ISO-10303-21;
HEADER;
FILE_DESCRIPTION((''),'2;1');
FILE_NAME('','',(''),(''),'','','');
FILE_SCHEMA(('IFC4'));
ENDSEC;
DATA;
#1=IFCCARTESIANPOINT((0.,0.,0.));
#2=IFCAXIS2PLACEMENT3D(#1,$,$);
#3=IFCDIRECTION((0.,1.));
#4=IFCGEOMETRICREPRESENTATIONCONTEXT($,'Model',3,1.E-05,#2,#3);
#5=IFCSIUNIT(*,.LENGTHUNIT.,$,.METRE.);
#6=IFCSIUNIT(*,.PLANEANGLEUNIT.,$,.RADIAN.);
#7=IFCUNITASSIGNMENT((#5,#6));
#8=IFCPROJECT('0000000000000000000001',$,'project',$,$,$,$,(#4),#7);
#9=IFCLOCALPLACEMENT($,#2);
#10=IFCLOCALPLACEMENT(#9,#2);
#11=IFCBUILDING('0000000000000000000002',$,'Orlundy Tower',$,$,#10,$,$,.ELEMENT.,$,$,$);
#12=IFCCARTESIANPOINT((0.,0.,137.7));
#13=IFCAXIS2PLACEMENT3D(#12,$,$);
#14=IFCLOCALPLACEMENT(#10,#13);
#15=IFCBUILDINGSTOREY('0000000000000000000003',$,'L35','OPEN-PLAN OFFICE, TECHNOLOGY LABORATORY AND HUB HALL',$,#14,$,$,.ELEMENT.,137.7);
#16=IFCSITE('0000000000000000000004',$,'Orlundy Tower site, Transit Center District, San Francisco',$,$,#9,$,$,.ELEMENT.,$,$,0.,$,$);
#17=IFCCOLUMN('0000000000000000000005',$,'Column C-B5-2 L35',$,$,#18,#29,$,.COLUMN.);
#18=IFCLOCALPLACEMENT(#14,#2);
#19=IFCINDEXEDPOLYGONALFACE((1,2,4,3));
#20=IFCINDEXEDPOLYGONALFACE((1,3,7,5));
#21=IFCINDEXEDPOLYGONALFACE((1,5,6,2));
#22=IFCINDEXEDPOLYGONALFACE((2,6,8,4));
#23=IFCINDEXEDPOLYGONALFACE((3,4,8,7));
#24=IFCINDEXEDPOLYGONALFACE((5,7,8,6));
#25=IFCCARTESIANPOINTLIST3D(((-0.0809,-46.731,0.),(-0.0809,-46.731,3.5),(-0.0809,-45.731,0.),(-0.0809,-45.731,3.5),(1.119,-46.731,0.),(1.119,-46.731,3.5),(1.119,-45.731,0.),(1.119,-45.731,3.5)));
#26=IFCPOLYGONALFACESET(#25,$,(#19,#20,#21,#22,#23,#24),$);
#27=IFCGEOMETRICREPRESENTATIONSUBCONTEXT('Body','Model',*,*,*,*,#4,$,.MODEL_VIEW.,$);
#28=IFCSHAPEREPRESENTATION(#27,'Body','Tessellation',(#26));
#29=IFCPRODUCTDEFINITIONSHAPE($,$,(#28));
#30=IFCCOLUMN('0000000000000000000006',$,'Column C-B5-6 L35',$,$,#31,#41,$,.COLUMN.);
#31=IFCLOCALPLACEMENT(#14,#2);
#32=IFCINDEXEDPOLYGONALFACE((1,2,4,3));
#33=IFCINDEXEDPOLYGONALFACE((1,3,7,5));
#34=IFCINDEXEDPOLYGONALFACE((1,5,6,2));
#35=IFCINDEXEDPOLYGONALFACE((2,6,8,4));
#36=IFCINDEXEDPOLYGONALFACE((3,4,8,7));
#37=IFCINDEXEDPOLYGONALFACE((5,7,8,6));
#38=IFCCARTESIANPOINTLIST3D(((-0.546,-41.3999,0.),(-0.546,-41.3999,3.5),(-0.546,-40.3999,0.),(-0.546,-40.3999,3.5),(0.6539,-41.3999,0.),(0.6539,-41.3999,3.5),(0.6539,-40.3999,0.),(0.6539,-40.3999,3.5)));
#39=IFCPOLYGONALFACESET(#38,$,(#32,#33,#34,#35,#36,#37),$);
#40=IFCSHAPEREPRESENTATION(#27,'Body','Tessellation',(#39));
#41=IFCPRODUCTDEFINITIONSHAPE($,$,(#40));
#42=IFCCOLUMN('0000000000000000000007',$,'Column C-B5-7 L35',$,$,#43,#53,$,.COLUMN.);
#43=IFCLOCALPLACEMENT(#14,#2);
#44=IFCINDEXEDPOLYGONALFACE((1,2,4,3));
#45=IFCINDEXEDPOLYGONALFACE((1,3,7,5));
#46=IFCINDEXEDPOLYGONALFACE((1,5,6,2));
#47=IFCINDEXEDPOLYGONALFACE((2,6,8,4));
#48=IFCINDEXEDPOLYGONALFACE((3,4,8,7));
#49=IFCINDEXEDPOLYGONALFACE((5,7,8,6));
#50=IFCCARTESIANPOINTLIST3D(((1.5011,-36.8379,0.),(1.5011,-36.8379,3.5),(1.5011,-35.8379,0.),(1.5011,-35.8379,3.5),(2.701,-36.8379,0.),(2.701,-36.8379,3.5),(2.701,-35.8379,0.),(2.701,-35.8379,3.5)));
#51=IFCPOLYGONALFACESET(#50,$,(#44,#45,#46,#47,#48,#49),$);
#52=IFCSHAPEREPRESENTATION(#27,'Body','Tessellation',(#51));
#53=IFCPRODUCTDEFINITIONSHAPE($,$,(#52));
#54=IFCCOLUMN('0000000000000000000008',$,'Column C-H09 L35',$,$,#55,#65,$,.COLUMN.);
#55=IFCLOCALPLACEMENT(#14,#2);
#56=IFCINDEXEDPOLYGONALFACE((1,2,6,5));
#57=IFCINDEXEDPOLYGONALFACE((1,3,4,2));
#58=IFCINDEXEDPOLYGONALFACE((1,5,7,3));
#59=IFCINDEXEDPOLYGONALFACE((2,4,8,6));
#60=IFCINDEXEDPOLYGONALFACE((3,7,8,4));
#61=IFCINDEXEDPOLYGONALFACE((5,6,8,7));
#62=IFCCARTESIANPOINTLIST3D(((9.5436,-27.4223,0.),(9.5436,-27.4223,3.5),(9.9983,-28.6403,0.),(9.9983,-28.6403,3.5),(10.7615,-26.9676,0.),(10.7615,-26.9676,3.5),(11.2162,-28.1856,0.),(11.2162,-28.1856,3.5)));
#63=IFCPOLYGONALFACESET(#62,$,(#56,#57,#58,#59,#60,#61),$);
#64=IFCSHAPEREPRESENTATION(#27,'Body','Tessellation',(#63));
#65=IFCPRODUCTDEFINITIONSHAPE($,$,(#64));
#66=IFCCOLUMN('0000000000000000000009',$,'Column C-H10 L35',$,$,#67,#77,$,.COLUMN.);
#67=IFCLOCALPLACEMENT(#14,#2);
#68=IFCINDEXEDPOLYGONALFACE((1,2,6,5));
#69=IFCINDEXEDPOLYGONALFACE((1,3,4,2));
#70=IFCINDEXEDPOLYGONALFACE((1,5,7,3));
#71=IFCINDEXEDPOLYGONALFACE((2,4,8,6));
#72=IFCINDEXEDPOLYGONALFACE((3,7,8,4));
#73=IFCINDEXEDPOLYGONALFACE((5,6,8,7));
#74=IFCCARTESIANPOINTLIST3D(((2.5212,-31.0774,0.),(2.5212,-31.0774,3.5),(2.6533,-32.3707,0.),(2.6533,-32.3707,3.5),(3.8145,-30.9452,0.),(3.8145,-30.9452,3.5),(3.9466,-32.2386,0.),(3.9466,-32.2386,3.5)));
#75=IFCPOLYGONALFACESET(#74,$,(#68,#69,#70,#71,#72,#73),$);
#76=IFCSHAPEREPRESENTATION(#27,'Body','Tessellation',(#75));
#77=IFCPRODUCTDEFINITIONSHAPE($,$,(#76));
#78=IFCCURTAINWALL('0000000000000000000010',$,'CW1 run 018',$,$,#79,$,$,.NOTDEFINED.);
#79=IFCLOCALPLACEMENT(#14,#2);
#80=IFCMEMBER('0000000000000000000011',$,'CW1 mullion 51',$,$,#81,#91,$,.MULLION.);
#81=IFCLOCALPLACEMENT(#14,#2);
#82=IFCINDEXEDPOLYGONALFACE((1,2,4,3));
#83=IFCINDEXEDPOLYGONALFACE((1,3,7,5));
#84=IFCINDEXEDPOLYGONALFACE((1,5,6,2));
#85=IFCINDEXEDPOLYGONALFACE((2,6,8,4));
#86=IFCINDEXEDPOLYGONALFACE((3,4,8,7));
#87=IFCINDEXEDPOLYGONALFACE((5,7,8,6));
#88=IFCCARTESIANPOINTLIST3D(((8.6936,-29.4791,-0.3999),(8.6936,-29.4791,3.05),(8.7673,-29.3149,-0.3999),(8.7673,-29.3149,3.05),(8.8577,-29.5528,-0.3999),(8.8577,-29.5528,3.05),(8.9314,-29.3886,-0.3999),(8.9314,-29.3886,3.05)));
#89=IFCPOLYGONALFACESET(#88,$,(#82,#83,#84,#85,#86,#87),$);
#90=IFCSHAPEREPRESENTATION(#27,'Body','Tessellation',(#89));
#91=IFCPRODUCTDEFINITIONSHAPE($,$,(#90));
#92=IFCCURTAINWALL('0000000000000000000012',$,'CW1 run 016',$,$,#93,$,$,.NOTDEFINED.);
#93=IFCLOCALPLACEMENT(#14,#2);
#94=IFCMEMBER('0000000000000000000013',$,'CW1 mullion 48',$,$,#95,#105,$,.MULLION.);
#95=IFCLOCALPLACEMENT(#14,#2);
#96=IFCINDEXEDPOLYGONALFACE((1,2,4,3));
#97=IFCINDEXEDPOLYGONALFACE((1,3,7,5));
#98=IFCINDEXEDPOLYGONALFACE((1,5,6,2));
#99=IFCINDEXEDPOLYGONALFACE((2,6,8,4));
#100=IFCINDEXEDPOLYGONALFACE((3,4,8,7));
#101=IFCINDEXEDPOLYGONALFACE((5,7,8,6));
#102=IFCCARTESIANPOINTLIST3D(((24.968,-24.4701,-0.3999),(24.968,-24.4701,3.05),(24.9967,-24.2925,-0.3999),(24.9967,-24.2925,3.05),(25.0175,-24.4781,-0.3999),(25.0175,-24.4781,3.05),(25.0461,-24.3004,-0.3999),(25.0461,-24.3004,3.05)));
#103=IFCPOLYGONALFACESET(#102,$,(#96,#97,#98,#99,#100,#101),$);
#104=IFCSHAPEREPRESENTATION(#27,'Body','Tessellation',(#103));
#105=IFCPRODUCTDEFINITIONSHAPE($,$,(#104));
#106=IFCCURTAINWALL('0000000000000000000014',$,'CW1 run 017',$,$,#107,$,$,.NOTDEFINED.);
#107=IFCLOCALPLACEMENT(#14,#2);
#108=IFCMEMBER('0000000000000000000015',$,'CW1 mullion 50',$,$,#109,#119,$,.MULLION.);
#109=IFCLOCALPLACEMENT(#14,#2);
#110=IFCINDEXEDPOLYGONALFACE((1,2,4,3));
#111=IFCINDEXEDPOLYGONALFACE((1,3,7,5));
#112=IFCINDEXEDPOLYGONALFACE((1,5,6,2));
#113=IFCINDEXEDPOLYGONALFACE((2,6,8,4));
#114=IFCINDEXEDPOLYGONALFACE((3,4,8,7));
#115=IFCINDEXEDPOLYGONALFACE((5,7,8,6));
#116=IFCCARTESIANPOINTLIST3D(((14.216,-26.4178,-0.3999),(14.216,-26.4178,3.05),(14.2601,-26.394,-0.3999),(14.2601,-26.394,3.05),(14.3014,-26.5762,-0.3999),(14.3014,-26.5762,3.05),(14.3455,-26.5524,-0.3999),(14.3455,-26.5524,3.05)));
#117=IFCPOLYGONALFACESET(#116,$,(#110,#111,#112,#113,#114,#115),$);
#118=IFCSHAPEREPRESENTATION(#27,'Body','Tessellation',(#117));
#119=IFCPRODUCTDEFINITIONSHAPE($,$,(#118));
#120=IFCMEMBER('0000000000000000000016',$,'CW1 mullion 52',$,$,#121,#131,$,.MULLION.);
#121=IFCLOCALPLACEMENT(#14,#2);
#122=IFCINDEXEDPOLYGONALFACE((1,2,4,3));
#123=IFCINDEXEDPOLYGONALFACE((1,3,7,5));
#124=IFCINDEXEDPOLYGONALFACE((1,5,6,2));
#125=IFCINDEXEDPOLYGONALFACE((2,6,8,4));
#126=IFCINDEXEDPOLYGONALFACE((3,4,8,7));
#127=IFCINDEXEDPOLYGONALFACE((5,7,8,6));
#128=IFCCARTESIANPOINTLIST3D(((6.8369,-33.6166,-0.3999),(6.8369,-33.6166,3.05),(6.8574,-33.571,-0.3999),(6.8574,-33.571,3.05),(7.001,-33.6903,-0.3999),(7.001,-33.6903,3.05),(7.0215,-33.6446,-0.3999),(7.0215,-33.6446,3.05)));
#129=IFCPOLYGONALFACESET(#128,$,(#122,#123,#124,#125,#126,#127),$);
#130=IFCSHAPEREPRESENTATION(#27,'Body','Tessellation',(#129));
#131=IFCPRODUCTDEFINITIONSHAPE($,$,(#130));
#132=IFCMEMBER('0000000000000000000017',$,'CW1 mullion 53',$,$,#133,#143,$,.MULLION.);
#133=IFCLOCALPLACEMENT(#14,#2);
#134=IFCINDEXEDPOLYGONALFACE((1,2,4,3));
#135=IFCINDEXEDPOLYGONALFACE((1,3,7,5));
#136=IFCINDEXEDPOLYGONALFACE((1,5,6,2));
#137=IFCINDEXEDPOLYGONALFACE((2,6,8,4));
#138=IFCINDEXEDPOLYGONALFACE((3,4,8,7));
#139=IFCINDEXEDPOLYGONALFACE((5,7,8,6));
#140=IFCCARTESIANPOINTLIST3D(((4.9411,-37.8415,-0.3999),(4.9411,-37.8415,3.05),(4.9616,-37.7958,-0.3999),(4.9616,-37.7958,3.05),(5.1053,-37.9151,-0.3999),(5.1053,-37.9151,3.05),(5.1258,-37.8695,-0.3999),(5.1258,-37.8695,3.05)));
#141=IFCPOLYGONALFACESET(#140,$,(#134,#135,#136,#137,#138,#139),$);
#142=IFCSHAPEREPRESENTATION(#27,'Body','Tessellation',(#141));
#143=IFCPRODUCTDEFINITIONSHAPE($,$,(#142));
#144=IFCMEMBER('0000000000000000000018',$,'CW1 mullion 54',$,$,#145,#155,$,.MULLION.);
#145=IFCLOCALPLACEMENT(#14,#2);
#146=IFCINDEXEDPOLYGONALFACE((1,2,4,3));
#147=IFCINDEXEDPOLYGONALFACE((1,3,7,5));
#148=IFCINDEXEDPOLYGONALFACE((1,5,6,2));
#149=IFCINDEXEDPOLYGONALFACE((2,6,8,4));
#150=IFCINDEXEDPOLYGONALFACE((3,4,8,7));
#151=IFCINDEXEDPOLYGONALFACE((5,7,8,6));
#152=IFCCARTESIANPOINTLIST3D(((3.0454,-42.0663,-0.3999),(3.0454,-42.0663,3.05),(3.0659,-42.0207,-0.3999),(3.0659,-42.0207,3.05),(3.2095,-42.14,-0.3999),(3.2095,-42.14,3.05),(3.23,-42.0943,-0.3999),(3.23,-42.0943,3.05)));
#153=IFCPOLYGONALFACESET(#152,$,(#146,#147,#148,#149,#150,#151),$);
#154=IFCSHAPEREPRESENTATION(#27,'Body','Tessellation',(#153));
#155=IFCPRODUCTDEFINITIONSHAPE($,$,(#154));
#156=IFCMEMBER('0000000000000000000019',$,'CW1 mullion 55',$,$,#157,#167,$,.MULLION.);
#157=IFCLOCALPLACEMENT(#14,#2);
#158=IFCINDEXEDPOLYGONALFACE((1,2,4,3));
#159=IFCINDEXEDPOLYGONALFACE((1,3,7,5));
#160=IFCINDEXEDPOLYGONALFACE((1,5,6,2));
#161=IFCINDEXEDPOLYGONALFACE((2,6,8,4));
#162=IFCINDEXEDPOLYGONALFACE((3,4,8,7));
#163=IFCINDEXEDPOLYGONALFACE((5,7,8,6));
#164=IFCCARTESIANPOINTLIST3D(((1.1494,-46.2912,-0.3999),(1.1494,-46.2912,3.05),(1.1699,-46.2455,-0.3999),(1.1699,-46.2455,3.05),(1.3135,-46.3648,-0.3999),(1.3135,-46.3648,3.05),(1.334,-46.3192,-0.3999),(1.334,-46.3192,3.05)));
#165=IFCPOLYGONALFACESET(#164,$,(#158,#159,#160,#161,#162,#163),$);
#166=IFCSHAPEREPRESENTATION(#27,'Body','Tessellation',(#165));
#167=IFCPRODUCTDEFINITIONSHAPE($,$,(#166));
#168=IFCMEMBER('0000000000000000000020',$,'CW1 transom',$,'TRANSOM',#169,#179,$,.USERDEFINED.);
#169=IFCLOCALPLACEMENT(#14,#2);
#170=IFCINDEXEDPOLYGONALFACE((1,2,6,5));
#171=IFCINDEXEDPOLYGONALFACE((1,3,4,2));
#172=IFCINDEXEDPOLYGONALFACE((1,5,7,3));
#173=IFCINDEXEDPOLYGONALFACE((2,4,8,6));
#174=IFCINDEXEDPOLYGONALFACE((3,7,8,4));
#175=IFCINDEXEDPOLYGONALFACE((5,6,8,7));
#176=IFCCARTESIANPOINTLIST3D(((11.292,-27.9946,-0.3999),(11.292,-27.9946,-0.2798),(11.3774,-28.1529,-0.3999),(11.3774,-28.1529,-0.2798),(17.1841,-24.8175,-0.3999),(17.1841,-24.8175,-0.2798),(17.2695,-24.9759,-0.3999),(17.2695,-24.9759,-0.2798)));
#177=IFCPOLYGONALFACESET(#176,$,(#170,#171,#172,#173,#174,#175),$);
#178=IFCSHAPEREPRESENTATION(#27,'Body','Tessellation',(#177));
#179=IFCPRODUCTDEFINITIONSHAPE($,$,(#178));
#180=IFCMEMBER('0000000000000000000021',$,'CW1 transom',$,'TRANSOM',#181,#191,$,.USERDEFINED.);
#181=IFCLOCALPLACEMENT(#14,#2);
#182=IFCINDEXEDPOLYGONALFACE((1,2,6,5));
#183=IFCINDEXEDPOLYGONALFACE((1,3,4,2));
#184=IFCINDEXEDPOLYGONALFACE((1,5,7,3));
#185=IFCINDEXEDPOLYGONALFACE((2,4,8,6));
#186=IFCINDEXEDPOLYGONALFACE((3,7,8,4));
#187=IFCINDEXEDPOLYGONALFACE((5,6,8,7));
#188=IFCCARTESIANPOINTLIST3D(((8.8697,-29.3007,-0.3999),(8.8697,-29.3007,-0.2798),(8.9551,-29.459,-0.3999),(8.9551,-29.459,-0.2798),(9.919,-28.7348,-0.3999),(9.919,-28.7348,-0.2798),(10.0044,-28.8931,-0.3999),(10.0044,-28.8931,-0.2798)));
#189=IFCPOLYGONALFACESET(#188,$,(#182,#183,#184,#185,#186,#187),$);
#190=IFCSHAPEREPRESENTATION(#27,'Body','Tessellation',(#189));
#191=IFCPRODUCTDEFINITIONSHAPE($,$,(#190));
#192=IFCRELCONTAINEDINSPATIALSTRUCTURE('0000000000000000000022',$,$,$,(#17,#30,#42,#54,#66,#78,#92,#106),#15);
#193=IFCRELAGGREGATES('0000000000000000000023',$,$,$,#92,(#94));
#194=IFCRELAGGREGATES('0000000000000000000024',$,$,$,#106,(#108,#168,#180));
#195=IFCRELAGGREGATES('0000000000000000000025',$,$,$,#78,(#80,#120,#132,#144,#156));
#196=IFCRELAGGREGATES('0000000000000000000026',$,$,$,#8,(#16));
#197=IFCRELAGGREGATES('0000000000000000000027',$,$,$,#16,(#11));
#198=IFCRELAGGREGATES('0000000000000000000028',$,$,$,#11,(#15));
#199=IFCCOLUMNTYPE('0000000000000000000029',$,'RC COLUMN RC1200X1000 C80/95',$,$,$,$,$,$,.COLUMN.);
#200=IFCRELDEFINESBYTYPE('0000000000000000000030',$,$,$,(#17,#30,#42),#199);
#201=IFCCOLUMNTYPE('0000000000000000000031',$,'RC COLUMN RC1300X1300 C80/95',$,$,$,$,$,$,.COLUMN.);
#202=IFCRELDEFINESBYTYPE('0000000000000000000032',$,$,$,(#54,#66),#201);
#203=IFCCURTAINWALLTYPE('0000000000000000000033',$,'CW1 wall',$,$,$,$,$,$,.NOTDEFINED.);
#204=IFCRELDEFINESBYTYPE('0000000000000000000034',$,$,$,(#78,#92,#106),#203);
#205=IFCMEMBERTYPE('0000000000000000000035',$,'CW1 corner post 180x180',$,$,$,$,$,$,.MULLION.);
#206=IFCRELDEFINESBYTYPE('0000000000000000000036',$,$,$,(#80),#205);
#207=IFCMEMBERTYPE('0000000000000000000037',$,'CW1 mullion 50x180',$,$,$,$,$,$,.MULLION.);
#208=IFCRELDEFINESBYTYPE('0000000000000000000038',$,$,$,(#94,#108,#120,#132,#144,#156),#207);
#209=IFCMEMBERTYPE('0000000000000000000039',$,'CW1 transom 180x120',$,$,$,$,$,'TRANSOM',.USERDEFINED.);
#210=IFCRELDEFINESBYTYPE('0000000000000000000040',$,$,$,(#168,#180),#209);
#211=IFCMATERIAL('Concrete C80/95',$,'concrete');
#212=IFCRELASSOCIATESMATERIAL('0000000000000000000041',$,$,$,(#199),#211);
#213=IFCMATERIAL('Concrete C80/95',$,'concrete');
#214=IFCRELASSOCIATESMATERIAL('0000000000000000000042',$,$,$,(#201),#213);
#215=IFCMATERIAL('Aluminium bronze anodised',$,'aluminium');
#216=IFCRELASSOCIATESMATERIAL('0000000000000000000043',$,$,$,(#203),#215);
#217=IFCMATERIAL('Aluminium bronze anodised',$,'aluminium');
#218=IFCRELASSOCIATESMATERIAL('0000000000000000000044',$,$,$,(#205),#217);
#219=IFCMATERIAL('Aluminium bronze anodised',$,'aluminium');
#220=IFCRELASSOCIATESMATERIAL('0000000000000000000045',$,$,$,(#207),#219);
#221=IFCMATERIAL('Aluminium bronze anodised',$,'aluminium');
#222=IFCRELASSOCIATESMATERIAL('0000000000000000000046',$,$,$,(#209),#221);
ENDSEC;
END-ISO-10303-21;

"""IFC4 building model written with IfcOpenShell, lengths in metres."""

from ifc_helpers import new_model, si_unit, direction, frame, origin, origin_2d, place, context, subcontext, project, spatial, rectangle, extrude, material, material_profile, profile_set, type_object, element, aggregate, save


model = new_model("IFC4")

# Units and contexts
model_context = context("Model", 3, precision=1e-05, world=origin(), true_north=direction((0.0, 1.0)))
body_context = subcontext(model_context, "Body", "Model", "MODEL_VIEW")
ifc_project = project(units=[si_unit("LENGTHUNIT", "METRE"), si_unit("PLANEANGLEUNIT", "RADIAN")], contexts=[model_context])

# Site, building, storey
site_placement = place(None, origin())
site = spatial("IfcSite", under=ifc_project, at=site_placement, Name="Orlundy Tower site, Transit Center District, San Francisco", CompositionType="ELEMENT", RefElevation=0.0)
building_placement = place(site_placement, origin())
building = spatial("IfcBuilding", under=site, at=building_placement, Name="Orlundy Tower", CompositionType="ELEMENT")
storey_placement = place(building_placement, frame((0.0, 0.0, 137.7)))
storey = spatial("IfcBuildingStorey", under=building, at=storey_placement, Name="L35", Description="OPEN-PLAN OFFICE, TECHNOLOGY LABORATORY AND HUB HALL", CompositionType="ELEMENT", Elevation=137.7)

# Columns
ifc_material_1 = material(Name="Concrete C80/95", Category="concrete")
ifc_material_profile_1 = material_profile(ifc_material_1, rectangle(XDim=1.2, YDim=1.0, at=origin_2d()), Name="RC1200X1000")
ifc_profile_set_1 = profile_set([ifc_material_profile_1], Name="Concrete C80/95")
column_type_1 = type_object("IfcColumnType", Name="RC COLUMN RC1200X1000 C80/95", PredefinedType="COLUMN", material=ifc_profile_set_1)
for number, where, z_axis, x_axis, name in (
    (1, (0.519, -46.231, 0.0), (0.0, 0.0, 1.0), (1.0, 0.0, 0.0), "Column C-B5-2 L35"),
    (2, (0.054, -40.8999, 0.0), (0.0, 0.0, 1.0), (1.0, 0.0, 0.0), "Column C-B5-6 L35"),
    (3, (2.1011, -36.3379, 0.0), (0.0, 0.0, 1.0), (1.0, 0.0, 0.0), "Column C-B5-7 L35"),
):
    element("IfcColumn", number, at=place(storey_placement, frame(where, z_axis=z_axis, x_axis=x_axis)), inside=storey, type_object=column_type_1, Name=name, PredefinedType="COLUMN", context=body_context, shape_type="SweptSolid", body=[
        extrude(rectangle(XDim=1.2, YDim=1.0, at=origin_2d()), origin(), (0.0, 0.0, 1.0), 3.5),
    ])
ifc_material_2 = material(Name="Concrete C80/95", Category="concrete")
ifc_material_profile_2 = material_profile(ifc_material_2, rectangle(XDim=1.3, YDim=1.3, at=origin_2d()), Name="RC1300X1300")
ifc_profile_set_2 = profile_set([ifc_material_profile_2], Name="Concrete C80/95")
column_type_2 = type_object("IfcColumnType", Name="RC COLUMN RC1300X1300 C80/95", PredefinedType="COLUMN", material=ifc_profile_set_2)
for number, where, z_axis, x_axis, name in (
    (4, (10.3799, -27.804, 0.0), (0.0, 0.0, 1.0), (0.34975, -0.936843, 0.0), "Column C-H09 L35"),
    (5, (3.2339, -31.658, 0.0), (0.0, 0.0, 1.0), (0.101629, -0.994822, 0.0), "Column C-H10 L35"),
):
    element("IfcColumn", number, at=place(storey_placement, frame(where, z_axis=z_axis, x_axis=x_axis)), inside=storey, type_object=column_type_2, Name=name, PredefinedType="COLUMN", context=body_context, shape_type="SweptSolid", body=[
        extrude(rectangle(XDim=1.3, YDim=1.3, at=origin_2d()), origin(), (0.0, 0.0, 1.0), 3.5),
    ])

# Curtain walls, members
ifc_material_3 = material(Name="Aluminium bronze anodised", Category="aluminium")
curtain_wall_type = type_object("IfcCurtainWallType", Name="CW1 wall", PredefinedType="NOTDEFINED", material=ifc_material_3)
curtain_wall_1_placement = place(storey_placement, origin())
curtain_wall_1 = element("IfcCurtainWall", 6, at=curtain_wall_1_placement, inside=storey, type_object=curtain_wall_type, Name="CW1 run 018", PredefinedType="NOTDEFINED")
ifc_material_4 = material(Name="Aluminium bronze anodised", Category="aluminium")
ifc_material_profile_3 = material_profile(ifc_material_4, rectangle(XDim=0.1799, YDim=0.1799, at=origin_2d()), Name="CW1 corner post 180x180")
ifc_profile_set_3 = profile_set([ifc_material_profile_3], Name="Aluminium bronze anodised")
member_type_1 = type_object("IfcMemberType", Name="CW1 corner post 180x180", PredefinedType="MULLION", material=ifc_profile_set_3)
member_1_placement = place(storey_placement, frame((8.8125, -29.4338, -0.3999), z_axis=(0.0, 0.0, 1.0), x_axis=(0.912353, -0.409405, 0.0)))
member_1 = element("IfcMember", 7, at=member_1_placement, type_object=member_type_1, Name="CW1 mullion 51", PredefinedType="MULLION", context=body_context, shape_type="SweptSolid", body=[
    extrude(rectangle(XDim=0.1799, YDim=0.1799, at=origin_2d()), origin(), (0.0, 0.0, 1.0), 3.45),
])
curtain_wall_2_placement = place(storey_placement, origin())
curtain_wall_2 = element("IfcCurtainWall", 8, at=curtain_wall_2_placement, inside=storey, type_object=curtain_wall_type, Name="CW1 run 016", PredefinedType="NOTDEFINED")
ifc_material_5 = material(Name="Aluminium bronze anodised", Category="aluminium")
ifc_material_profile_4 = material_profile(ifc_material_5, rectangle(XDim=0.1799, YDim=0.05, at=origin_2d()), Name="CW1 mullion 50x180")
ifc_profile_set_4 = profile_set([ifc_material_profile_4], Name="Aluminium bronze anodised")
member_type_2 = type_object("IfcMemberType", Name="CW1 mullion 50x180", PredefinedType="MULLION", material=ifc_profile_set_4)
member_2_placement = place(storey_placement, frame((25.0071, -24.3853, -0.3999), z_axis=(0.0, 0.0, 1.0), x_axis=(-0.159311, -0.987228, 0.0)))
member_2 = element("IfcMember", 9, at=member_2_placement, type_object=member_type_2, Name="CW1 mullion 48", PredefinedType="MULLION", context=body_context, shape_type="SweptSolid", body=[
    extrude(rectangle(XDim=0.1799, YDim=0.05, at=origin_2d()), origin(), (0.0, 0.0, 1.0), 3.45),
])
curtain_wall_3_placement = place(storey_placement, origin())
curtain_wall_3 = element("IfcCurtainWall", 10, at=curtain_wall_3_placement, inside=storey, type_object=curtain_wall_type, Name="CW1 run 017", PredefinedType="NOTDEFINED")
member_3_placement = place(storey_placement, frame((14.2808, -26.4851, -0.3999), z_axis=(0.0, 0.0, 1.0), x_axis=(0.474616, -0.880193, 0.0)))
member_3 = element("IfcMember", 11, at=member_3_placement, type_object=member_type_2, Name="CW1 mullion 50", PredefinedType="MULLION", context=body_context, shape_type="SweptSolid", body=[
    extrude(rectangle(XDim=0.1799, YDim=0.05, at=origin_2d()), origin(), (0.0, 0.0, 1.0), 3.45),
])

# Members
member_4_placement = place(storey_placement, frame((6.9292, -33.6306, -0.3999), z_axis=(0.0, 0.0, 1.0), x_axis=(0.912353, -0.409405, 0.0)))
member_4 = element("IfcMember", 12, at=member_4_placement, type_object=member_type_2, Name="CW1 mullion 52", PredefinedType="MULLION", context=body_context, shape_type="SweptSolid", body=[
    extrude(rectangle(XDim=0.1799, YDim=0.05, at=origin_2d()), origin(), (0.0, 0.0, 1.0), 3.45),
])
member_5_placement = place(storey_placement, frame((5.0334, -37.8555, -0.3999), z_axis=(0.0, 0.0, 1.0), x_axis=(0.912353, -0.409405, 0.0)))
member_5 = element("IfcMember", 13, at=member_5_placement, type_object=member_type_2, Name="CW1 mullion 53", PredefinedType="MULLION", context=body_context, shape_type="SweptSolid", body=[
    extrude(rectangle(XDim=0.1799, YDim=0.05, at=origin_2d()), origin(), (0.0, 0.0, 1.0), 3.45),
])
member_6_placement = place(storey_placement, frame((3.1377, -42.0803, -0.3999), z_axis=(0.0, 0.0, 1.0), x_axis=(0.912353, -0.409405, 0.0)))
member_6 = element("IfcMember", 14, at=member_6_placement, type_object=member_type_2, Name="CW1 mullion 54", PredefinedType="MULLION", context=body_context, shape_type="SweptSolid", body=[
    extrude(rectangle(XDim=0.1799, YDim=0.05, at=origin_2d()), origin(), (0.0, 0.0, 1.0), 3.45),
])
member_7_placement = place(storey_placement, frame((1.2417, -46.3052, -0.3999), z_axis=(0.0, 0.0, 1.0), x_axis=(0.912353, -0.409405, 0.0)))
member_7 = element("IfcMember", 15, at=member_7_placement, type_object=member_type_2, Name="CW1 mullion 55", PredefinedType="MULLION", context=body_context, shape_type="SweptSolid", body=[
    extrude(rectangle(XDim=0.1799, YDim=0.05, at=origin_2d()), origin(), (0.0, 0.0, 1.0), 3.45),
])
ifc_material_6 = material(Name="Aluminium bronze anodised", Category="aluminium")
ifc_material_profile_5 = material_profile(ifc_material_6, rectangle(XDim=0.1799, YDim=0.1201, at=origin_2d()), Name="CW1 transom 180x120")
ifc_profile_set_5 = profile_set([ifc_material_profile_5], Name="Aluminium bronze anodised")
member_type_3 = type_object("IfcMemberType", Name="CW1 transom 180x120", ElementType="TRANSOM", PredefinedType="USERDEFINED", material=ifc_profile_set_5)
member_8_placement = place(storey_placement, frame((17.2268, -24.8967, -0.3398), z_axis=(-0.8802, -0.474602, 0.0), x_axis=(0.474602, -0.8802, 0.0)))
member_8 = element("IfcMember", 16, at=member_8_placement, type_object=member_type_3, Name="CW1 transom", ObjectType="TRANSOM", PredefinedType="USERDEFINED", context=body_context, shape_type="SweptSolid", body=[
    extrude(rectangle(XDim=0.1799, YDim=0.1201, at=origin_2d()), origin(), (0.0, 0.0, 1.0), 6.6941),
])
member_9_placement = place(storey_placement, frame((9.9617, -28.814, -0.3398), z_axis=(-0.880155, -0.474686, 0.0), x_axis=(0.474686, -0.880155, 0.0)))
member_9 = element("IfcMember", 17, at=member_9_placement, type_object=member_type_3, Name="CW1 transom", ObjectType="TRANSOM", PredefinedType="USERDEFINED", context=body_context, shape_type="SweptSolid", body=[
    extrude(rectangle(XDim=0.1799, YDim=0.1201, at=origin_2d()), origin(), (0.0, 0.0, 1.0), 1.1921),
])

aggregate(curtain_wall_2, [member_2])
aggregate(curtain_wall_3, [member_3, member_8, member_9])
aggregate(curtain_wall_1, [member_1, member_4, member_5, member_6, member_7])

save(model, "model.ifc")
